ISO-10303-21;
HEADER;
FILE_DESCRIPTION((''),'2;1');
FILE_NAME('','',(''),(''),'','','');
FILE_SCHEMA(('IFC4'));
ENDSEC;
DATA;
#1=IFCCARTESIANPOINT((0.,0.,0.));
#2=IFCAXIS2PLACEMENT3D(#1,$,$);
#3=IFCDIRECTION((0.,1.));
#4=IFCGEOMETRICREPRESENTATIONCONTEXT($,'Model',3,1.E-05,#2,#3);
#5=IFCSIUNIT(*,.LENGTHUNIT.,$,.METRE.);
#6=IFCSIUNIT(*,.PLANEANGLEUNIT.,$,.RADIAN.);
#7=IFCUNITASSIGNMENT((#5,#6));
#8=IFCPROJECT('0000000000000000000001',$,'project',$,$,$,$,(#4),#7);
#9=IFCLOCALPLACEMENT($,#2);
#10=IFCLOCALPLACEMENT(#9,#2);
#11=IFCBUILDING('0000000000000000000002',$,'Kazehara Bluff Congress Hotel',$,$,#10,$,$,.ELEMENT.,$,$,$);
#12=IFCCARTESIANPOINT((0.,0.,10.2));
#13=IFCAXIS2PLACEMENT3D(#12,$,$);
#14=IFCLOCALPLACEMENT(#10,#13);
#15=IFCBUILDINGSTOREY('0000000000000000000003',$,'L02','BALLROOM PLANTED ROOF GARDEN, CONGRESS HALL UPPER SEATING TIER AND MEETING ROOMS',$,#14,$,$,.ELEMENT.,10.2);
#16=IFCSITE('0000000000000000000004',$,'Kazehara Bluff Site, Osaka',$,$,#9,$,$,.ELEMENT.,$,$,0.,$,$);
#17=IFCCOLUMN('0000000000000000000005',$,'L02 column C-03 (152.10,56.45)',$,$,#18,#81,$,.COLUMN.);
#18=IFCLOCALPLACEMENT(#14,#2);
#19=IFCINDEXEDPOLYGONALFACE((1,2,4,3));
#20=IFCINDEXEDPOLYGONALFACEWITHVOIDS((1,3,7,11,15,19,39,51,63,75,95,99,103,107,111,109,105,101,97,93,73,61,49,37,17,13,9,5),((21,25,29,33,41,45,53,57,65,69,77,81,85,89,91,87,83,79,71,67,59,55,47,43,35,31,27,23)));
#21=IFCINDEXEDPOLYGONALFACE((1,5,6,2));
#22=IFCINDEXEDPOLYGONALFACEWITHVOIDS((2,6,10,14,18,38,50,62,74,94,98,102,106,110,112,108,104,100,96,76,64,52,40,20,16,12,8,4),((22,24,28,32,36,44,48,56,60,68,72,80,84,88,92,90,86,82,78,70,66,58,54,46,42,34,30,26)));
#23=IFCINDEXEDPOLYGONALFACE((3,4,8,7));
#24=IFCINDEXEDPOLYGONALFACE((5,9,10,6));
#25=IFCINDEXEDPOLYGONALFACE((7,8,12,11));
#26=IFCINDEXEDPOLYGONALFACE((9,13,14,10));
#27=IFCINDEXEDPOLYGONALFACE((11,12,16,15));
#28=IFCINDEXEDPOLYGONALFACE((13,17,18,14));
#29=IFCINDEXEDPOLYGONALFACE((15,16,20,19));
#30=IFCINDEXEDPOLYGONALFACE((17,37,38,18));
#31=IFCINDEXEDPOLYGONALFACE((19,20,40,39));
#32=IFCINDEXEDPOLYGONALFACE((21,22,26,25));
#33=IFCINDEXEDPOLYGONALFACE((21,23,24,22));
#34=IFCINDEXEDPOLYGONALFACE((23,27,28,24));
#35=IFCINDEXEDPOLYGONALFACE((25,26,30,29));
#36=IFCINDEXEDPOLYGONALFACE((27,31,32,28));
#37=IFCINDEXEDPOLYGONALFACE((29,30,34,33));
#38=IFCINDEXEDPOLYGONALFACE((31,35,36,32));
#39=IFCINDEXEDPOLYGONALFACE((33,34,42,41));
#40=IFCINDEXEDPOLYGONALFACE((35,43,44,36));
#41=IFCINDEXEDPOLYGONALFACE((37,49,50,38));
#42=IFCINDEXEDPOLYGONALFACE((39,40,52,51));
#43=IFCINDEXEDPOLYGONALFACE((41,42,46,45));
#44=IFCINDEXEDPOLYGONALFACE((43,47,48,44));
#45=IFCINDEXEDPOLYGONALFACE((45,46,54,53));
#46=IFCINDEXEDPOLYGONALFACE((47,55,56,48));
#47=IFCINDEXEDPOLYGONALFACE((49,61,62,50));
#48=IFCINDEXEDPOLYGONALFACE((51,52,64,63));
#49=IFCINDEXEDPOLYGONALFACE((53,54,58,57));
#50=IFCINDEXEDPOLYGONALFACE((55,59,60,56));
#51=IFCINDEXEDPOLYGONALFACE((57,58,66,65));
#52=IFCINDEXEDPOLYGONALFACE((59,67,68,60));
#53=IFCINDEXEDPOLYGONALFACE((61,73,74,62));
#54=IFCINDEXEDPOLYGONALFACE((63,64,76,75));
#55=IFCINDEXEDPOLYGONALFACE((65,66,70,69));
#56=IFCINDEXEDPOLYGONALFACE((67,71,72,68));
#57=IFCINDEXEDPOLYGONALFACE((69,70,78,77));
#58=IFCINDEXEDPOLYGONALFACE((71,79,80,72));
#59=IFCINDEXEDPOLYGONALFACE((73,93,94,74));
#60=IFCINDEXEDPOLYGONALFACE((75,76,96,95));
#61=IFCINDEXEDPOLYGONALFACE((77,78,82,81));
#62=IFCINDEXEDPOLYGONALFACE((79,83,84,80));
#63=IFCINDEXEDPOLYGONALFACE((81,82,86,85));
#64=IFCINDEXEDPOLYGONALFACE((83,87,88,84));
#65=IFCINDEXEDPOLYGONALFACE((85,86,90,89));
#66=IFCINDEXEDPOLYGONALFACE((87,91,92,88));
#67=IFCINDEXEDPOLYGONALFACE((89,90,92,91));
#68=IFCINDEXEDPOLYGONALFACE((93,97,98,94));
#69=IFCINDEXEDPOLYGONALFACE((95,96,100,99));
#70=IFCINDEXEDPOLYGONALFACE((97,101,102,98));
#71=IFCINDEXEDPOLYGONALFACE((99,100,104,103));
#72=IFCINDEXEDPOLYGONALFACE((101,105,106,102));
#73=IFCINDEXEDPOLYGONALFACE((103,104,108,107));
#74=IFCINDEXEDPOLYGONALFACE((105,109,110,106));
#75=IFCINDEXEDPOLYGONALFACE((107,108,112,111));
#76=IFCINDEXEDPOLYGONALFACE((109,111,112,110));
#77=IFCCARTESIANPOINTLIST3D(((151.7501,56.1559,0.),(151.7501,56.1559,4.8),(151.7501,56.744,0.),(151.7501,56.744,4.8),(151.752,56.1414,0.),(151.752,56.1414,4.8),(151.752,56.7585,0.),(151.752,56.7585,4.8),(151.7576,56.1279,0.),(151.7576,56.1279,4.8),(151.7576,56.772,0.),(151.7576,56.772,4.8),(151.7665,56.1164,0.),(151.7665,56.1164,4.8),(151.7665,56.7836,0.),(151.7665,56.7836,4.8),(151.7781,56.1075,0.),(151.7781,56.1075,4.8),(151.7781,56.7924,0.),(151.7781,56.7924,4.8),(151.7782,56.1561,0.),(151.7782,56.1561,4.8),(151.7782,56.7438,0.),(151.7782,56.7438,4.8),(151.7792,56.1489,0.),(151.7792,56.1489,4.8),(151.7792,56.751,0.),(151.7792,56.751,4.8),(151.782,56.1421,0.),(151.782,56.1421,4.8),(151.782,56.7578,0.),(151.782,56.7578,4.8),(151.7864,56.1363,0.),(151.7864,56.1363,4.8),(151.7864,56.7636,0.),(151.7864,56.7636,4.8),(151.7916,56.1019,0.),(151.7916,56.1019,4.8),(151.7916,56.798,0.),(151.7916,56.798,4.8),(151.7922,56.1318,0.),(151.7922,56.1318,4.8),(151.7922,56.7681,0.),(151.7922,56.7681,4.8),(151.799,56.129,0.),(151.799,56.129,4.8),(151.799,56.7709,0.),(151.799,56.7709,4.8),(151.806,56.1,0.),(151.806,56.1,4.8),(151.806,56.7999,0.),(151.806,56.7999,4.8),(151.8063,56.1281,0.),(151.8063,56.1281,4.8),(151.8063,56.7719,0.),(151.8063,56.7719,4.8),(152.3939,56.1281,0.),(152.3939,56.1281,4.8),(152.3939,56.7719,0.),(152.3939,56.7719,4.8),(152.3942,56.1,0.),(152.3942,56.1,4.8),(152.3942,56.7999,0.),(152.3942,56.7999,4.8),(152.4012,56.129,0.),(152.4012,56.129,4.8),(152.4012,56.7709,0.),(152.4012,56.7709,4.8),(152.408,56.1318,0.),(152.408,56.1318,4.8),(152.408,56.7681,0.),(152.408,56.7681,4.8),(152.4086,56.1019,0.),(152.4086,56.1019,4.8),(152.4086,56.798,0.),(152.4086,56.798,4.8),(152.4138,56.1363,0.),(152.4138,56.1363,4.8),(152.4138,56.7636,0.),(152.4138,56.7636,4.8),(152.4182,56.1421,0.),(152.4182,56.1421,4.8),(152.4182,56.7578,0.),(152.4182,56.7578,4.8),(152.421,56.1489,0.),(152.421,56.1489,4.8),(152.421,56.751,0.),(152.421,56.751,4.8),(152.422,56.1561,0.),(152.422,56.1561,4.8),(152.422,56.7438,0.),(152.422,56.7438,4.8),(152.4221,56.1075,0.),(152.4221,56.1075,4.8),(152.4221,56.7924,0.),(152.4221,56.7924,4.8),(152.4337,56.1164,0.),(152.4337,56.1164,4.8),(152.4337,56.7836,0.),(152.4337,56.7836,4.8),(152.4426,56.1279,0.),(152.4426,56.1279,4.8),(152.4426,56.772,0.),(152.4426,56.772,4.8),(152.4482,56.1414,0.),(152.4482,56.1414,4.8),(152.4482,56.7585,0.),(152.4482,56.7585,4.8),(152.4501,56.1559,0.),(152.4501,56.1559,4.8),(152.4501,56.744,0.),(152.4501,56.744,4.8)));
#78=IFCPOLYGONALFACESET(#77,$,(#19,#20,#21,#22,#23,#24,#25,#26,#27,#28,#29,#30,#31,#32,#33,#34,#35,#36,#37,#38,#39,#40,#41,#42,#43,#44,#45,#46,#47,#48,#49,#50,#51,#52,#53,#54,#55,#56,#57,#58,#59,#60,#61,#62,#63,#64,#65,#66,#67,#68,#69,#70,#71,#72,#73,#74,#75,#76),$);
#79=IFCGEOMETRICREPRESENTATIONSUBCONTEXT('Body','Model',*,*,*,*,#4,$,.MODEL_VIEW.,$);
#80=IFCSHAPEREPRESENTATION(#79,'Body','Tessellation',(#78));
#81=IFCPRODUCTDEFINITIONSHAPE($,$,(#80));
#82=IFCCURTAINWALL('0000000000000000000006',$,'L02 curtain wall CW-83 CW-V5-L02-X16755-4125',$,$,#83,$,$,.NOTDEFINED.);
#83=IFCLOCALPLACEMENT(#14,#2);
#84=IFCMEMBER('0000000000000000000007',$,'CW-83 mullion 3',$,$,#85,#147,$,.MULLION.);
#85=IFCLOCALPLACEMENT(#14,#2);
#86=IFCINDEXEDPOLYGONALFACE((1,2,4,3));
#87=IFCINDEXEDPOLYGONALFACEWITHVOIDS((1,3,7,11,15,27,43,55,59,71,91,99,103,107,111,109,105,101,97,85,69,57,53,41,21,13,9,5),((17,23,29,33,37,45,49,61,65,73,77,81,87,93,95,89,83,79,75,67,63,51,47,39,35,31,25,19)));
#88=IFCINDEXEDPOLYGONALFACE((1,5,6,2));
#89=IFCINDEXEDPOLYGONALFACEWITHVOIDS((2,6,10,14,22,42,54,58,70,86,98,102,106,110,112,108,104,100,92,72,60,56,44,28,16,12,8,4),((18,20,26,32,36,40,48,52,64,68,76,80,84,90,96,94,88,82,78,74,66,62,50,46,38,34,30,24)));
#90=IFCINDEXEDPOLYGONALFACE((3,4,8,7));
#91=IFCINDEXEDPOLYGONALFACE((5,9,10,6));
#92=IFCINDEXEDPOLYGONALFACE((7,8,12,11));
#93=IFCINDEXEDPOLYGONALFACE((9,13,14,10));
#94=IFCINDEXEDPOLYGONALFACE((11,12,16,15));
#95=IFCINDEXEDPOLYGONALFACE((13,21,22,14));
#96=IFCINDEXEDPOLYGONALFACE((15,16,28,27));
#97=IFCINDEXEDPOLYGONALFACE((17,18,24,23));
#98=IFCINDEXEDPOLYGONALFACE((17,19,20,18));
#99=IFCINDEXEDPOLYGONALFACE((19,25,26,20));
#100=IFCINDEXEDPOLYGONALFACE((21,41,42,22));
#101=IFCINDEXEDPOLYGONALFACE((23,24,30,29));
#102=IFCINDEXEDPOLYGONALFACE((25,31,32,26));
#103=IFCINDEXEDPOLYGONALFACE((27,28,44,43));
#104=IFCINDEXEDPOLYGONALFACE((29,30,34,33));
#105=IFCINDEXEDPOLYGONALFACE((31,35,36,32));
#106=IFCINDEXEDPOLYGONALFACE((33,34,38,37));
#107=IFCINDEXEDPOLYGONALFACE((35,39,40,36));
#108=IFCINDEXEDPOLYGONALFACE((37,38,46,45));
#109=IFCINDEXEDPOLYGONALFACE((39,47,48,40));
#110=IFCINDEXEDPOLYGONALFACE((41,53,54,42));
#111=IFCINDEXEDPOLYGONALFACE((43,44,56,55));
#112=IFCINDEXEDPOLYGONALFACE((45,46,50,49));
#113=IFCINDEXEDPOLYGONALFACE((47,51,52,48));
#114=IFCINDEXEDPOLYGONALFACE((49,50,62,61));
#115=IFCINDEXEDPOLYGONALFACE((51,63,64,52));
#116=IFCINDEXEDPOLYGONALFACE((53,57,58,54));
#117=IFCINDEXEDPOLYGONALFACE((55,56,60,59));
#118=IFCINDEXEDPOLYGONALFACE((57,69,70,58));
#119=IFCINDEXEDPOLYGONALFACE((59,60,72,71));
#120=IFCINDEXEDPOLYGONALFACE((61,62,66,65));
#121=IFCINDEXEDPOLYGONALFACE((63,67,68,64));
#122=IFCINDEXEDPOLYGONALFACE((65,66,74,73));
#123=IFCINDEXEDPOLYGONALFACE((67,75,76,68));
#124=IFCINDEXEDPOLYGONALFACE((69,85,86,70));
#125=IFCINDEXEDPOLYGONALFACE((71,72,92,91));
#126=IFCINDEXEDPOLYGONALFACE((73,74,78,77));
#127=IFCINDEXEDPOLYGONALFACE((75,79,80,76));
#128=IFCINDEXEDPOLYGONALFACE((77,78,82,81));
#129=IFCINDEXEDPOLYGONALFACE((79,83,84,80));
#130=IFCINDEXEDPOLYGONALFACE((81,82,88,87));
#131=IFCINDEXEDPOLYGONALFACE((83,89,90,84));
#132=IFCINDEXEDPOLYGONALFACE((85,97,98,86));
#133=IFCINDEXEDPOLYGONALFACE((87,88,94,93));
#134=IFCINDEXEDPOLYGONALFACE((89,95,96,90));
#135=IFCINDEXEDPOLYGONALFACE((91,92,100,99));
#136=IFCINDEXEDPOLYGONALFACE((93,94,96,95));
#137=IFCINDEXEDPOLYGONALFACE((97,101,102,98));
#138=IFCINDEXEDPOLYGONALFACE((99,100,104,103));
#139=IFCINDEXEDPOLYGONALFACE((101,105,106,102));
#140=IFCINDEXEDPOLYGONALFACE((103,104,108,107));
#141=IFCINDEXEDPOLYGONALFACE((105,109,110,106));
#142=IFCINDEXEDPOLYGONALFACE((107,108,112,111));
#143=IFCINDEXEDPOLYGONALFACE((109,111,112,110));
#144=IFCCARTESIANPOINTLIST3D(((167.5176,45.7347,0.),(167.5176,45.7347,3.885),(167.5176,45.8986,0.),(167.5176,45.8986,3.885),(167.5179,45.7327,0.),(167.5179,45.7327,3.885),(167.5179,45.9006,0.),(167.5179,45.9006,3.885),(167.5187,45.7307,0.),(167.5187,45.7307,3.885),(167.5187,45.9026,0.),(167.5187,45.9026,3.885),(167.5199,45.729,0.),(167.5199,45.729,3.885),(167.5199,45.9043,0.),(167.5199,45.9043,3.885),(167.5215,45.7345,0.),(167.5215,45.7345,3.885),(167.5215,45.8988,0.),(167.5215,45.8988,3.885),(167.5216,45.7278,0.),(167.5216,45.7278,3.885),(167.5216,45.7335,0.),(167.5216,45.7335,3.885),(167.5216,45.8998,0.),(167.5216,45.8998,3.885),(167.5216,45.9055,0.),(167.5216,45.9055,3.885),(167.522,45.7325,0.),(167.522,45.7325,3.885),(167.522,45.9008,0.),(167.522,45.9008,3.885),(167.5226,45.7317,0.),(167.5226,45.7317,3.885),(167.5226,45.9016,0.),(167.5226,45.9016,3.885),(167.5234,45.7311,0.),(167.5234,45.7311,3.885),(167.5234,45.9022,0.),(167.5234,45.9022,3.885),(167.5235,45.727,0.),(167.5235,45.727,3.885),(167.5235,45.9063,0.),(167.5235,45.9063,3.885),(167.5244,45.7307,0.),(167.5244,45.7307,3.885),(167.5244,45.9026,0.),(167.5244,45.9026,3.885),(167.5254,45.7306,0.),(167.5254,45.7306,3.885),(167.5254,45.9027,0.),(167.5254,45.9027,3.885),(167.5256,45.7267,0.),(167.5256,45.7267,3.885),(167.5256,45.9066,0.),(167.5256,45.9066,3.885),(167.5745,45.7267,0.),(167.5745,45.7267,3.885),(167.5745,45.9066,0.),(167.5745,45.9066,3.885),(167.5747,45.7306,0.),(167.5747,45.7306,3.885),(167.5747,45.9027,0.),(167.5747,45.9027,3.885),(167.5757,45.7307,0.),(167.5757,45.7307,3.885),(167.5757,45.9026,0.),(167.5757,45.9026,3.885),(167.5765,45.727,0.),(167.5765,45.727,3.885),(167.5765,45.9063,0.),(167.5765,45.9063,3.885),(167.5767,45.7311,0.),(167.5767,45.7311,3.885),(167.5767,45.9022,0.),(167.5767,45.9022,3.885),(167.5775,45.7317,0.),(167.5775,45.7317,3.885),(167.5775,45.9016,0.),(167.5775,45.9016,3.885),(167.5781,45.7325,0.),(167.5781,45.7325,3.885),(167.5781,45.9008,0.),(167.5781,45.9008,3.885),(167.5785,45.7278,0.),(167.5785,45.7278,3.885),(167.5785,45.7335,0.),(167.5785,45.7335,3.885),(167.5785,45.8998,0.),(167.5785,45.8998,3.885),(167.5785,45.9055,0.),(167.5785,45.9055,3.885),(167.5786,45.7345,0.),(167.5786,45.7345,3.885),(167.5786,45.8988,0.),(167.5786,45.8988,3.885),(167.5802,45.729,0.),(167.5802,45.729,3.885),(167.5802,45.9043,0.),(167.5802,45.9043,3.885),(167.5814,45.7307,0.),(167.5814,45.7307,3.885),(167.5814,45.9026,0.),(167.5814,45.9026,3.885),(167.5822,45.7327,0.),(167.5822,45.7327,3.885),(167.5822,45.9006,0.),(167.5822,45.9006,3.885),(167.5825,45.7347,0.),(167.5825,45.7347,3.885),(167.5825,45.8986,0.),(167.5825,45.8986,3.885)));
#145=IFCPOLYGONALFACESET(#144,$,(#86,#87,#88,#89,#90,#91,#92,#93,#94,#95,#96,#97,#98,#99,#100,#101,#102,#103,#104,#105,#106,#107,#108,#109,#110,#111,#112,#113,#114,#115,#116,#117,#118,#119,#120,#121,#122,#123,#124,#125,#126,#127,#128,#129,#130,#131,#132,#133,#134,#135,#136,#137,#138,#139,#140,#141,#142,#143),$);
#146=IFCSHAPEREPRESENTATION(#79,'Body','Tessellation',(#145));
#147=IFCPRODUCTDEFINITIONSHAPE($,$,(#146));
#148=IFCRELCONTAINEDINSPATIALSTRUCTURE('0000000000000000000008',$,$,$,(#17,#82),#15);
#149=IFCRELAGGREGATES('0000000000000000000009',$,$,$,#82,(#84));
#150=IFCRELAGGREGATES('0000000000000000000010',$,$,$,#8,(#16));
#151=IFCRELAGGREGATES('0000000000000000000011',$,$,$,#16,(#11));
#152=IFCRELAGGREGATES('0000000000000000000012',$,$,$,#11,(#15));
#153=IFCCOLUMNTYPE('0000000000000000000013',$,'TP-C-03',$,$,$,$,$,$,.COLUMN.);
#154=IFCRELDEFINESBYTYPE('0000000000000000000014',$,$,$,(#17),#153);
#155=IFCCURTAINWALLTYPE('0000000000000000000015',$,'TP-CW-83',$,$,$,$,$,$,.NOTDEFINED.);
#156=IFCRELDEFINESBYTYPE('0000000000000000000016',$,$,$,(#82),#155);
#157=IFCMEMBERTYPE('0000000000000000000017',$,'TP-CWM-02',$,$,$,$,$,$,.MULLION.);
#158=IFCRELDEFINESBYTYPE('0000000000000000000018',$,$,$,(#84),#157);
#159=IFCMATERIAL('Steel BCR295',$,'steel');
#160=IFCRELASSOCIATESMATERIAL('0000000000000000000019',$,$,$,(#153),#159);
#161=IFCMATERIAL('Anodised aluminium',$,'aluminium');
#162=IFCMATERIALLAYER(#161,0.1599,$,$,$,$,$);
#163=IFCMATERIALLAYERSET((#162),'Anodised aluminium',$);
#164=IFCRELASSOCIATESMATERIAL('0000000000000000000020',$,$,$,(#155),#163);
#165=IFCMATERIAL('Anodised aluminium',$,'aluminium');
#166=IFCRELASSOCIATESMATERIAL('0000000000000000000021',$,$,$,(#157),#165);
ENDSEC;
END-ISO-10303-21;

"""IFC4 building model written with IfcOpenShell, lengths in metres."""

from ifc_helpers import new_model, si_unit, direction, frame, origin, origin_2d, place, context, subcontext, project, spatial, hollow_rectangle, extrude, material, layer, layer_set, material_profile, profile_set, type_object, element, aggregate, save


model = new_model("IFC4")

# Units and contexts
model_context = context("Model", 3, precision=1e-05, world=origin(), true_north=direction((0.0, 1.0)))
body_context = subcontext(model_context, "Body", "Model", "MODEL_VIEW")
ifc_project = project(units=[si_unit("LENGTHUNIT", "METRE"), si_unit("PLANEANGLEUNIT", "RADIAN")], contexts=[model_context])

# Site, building, storey
site_placement = place(None, origin())
site = spatial("IfcSite", under=ifc_project, at=site_placement, Name="Kazehara Bluff Site, Osaka", CompositionType="ELEMENT", RefElevation=0.0)
building_placement = place(site_placement, origin())
building = spatial("IfcBuilding", under=site, at=building_placement, Name="Kazehara Bluff Congress Hotel", CompositionType="ELEMENT")
storey_placement = place(building_placement, frame((0.0, 0.0, 10.2)))
storey = spatial("IfcBuildingStorey", under=building, at=storey_placement, Name="L02", Description="BALLROOM PLANTED ROOF GARDEN, CONGRESS HALL UPPER SEATING TIER AND MEETING ROOMS", CompositionType="ELEMENT", Elevation=10.2)

# Column
ifc_material_1 = material(Name="Steel BCR295", Category="steel")
ifc_material_profile_1 = material_profile(ifc_material_1, hollow_rectangle(XDim=0.7, YDim=0.7, WallThickness=0.0281, InnerFilletRadius=0.0281, OuterFilletRadius=0.0559, at=origin_2d()))
ifc_profile_set_1 = profile_set([ifc_material_profile_1], Name="Steel BCR295")
column_type_1 = type_object("IfcColumnType", Name="TP-C-03", PredefinedType="COLUMN", material=ifc_profile_set_1)
column_placement = place(storey_placement, frame((152.1001, 56.45, 0.0), z_axis=(0.0, 0.0, 1.0), x_axis=(1.0, 0.0, 0.0)))
element("IfcColumn", 1, at=column_placement, inside=storey, type_object=column_type_1, Name="L02 column C-03 (152.10,56.45)", PredefinedType="COLUMN", context=body_context, shape_type="SweptSolid", body=[
    extrude(hollow_rectangle(XDim=0.7, YDim=0.7, WallThickness=0.0281, InnerFilletRadius=0.0281, OuterFilletRadius=0.0559, at=origin_2d()), origin(), (0.0, 0.0, 1.0), 4.8),
])

# Curtain wall, member
ifc_material_2 = material(Name="Anodised aluminium", Category="aluminium")
ifc_layer_1 = layer(ifc_material_2, 0.1599)
ifc_layer_set_1 = layer_set([ifc_layer_1], Name="Anodised aluminium")
curtain_wall_type = type_object("IfcCurtainWallType", Name="TP-CW-83", PredefinedType="NOTDEFINED", material=ifc_layer_set_1)
curtain_wall_placement = place(storey_placement, origin())
curtain_wall = element("IfcCurtainWall", 2, at=curtain_wall_placement, inside=storey, type_object=curtain_wall_type, Name="L02 curtain wall CW-83 CW-V5-L02-X16755-4125", PredefinedType="NOTDEFINED")
ifc_material_3 = material(Name="Anodised aluminium", Category="aluminium")
ifc_material_profile_2 = material_profile(ifc_material_3, hollow_rectangle(XDim=0.0649, YDim=0.1799, WallThickness=0.0039, InnerFilletRadius=0.0039, OuterFilletRadius=0.0081, at=origin_2d()))
ifc_profile_set_2 = profile_set([ifc_material_profile_2], Name="Anodised aluminium")
member_type_1 = type_object("IfcMemberType", Name="TP-CWM-02", PredefinedType="MULLION", material=ifc_profile_set_2)
member_1_placement = place(storey_placement, frame((167.55, 45.8167, 0.0), z_axis=(0.0, 0.0, 1.0), x_axis=(-1.0, 0.0, 0.0)))
member_1 = element("IfcMember", 3, at=member_1_placement, type_object=member_type_1, Name="CW-83 mullion 3", PredefinedType="MULLION", context=body_context, shape_type="SweptSolid", body=[
    extrude(hollow_rectangle(XDim=0.0649, YDim=0.1799, WallThickness=0.0039, InnerFilletRadius=0.0039, OuterFilletRadius=0.0081, at=origin_2d()), origin(), (0.0, 0.0, 1.0), 3.885),
])

aggregate(curtain_wall, [member_1])

save(model, "model.ifc")
